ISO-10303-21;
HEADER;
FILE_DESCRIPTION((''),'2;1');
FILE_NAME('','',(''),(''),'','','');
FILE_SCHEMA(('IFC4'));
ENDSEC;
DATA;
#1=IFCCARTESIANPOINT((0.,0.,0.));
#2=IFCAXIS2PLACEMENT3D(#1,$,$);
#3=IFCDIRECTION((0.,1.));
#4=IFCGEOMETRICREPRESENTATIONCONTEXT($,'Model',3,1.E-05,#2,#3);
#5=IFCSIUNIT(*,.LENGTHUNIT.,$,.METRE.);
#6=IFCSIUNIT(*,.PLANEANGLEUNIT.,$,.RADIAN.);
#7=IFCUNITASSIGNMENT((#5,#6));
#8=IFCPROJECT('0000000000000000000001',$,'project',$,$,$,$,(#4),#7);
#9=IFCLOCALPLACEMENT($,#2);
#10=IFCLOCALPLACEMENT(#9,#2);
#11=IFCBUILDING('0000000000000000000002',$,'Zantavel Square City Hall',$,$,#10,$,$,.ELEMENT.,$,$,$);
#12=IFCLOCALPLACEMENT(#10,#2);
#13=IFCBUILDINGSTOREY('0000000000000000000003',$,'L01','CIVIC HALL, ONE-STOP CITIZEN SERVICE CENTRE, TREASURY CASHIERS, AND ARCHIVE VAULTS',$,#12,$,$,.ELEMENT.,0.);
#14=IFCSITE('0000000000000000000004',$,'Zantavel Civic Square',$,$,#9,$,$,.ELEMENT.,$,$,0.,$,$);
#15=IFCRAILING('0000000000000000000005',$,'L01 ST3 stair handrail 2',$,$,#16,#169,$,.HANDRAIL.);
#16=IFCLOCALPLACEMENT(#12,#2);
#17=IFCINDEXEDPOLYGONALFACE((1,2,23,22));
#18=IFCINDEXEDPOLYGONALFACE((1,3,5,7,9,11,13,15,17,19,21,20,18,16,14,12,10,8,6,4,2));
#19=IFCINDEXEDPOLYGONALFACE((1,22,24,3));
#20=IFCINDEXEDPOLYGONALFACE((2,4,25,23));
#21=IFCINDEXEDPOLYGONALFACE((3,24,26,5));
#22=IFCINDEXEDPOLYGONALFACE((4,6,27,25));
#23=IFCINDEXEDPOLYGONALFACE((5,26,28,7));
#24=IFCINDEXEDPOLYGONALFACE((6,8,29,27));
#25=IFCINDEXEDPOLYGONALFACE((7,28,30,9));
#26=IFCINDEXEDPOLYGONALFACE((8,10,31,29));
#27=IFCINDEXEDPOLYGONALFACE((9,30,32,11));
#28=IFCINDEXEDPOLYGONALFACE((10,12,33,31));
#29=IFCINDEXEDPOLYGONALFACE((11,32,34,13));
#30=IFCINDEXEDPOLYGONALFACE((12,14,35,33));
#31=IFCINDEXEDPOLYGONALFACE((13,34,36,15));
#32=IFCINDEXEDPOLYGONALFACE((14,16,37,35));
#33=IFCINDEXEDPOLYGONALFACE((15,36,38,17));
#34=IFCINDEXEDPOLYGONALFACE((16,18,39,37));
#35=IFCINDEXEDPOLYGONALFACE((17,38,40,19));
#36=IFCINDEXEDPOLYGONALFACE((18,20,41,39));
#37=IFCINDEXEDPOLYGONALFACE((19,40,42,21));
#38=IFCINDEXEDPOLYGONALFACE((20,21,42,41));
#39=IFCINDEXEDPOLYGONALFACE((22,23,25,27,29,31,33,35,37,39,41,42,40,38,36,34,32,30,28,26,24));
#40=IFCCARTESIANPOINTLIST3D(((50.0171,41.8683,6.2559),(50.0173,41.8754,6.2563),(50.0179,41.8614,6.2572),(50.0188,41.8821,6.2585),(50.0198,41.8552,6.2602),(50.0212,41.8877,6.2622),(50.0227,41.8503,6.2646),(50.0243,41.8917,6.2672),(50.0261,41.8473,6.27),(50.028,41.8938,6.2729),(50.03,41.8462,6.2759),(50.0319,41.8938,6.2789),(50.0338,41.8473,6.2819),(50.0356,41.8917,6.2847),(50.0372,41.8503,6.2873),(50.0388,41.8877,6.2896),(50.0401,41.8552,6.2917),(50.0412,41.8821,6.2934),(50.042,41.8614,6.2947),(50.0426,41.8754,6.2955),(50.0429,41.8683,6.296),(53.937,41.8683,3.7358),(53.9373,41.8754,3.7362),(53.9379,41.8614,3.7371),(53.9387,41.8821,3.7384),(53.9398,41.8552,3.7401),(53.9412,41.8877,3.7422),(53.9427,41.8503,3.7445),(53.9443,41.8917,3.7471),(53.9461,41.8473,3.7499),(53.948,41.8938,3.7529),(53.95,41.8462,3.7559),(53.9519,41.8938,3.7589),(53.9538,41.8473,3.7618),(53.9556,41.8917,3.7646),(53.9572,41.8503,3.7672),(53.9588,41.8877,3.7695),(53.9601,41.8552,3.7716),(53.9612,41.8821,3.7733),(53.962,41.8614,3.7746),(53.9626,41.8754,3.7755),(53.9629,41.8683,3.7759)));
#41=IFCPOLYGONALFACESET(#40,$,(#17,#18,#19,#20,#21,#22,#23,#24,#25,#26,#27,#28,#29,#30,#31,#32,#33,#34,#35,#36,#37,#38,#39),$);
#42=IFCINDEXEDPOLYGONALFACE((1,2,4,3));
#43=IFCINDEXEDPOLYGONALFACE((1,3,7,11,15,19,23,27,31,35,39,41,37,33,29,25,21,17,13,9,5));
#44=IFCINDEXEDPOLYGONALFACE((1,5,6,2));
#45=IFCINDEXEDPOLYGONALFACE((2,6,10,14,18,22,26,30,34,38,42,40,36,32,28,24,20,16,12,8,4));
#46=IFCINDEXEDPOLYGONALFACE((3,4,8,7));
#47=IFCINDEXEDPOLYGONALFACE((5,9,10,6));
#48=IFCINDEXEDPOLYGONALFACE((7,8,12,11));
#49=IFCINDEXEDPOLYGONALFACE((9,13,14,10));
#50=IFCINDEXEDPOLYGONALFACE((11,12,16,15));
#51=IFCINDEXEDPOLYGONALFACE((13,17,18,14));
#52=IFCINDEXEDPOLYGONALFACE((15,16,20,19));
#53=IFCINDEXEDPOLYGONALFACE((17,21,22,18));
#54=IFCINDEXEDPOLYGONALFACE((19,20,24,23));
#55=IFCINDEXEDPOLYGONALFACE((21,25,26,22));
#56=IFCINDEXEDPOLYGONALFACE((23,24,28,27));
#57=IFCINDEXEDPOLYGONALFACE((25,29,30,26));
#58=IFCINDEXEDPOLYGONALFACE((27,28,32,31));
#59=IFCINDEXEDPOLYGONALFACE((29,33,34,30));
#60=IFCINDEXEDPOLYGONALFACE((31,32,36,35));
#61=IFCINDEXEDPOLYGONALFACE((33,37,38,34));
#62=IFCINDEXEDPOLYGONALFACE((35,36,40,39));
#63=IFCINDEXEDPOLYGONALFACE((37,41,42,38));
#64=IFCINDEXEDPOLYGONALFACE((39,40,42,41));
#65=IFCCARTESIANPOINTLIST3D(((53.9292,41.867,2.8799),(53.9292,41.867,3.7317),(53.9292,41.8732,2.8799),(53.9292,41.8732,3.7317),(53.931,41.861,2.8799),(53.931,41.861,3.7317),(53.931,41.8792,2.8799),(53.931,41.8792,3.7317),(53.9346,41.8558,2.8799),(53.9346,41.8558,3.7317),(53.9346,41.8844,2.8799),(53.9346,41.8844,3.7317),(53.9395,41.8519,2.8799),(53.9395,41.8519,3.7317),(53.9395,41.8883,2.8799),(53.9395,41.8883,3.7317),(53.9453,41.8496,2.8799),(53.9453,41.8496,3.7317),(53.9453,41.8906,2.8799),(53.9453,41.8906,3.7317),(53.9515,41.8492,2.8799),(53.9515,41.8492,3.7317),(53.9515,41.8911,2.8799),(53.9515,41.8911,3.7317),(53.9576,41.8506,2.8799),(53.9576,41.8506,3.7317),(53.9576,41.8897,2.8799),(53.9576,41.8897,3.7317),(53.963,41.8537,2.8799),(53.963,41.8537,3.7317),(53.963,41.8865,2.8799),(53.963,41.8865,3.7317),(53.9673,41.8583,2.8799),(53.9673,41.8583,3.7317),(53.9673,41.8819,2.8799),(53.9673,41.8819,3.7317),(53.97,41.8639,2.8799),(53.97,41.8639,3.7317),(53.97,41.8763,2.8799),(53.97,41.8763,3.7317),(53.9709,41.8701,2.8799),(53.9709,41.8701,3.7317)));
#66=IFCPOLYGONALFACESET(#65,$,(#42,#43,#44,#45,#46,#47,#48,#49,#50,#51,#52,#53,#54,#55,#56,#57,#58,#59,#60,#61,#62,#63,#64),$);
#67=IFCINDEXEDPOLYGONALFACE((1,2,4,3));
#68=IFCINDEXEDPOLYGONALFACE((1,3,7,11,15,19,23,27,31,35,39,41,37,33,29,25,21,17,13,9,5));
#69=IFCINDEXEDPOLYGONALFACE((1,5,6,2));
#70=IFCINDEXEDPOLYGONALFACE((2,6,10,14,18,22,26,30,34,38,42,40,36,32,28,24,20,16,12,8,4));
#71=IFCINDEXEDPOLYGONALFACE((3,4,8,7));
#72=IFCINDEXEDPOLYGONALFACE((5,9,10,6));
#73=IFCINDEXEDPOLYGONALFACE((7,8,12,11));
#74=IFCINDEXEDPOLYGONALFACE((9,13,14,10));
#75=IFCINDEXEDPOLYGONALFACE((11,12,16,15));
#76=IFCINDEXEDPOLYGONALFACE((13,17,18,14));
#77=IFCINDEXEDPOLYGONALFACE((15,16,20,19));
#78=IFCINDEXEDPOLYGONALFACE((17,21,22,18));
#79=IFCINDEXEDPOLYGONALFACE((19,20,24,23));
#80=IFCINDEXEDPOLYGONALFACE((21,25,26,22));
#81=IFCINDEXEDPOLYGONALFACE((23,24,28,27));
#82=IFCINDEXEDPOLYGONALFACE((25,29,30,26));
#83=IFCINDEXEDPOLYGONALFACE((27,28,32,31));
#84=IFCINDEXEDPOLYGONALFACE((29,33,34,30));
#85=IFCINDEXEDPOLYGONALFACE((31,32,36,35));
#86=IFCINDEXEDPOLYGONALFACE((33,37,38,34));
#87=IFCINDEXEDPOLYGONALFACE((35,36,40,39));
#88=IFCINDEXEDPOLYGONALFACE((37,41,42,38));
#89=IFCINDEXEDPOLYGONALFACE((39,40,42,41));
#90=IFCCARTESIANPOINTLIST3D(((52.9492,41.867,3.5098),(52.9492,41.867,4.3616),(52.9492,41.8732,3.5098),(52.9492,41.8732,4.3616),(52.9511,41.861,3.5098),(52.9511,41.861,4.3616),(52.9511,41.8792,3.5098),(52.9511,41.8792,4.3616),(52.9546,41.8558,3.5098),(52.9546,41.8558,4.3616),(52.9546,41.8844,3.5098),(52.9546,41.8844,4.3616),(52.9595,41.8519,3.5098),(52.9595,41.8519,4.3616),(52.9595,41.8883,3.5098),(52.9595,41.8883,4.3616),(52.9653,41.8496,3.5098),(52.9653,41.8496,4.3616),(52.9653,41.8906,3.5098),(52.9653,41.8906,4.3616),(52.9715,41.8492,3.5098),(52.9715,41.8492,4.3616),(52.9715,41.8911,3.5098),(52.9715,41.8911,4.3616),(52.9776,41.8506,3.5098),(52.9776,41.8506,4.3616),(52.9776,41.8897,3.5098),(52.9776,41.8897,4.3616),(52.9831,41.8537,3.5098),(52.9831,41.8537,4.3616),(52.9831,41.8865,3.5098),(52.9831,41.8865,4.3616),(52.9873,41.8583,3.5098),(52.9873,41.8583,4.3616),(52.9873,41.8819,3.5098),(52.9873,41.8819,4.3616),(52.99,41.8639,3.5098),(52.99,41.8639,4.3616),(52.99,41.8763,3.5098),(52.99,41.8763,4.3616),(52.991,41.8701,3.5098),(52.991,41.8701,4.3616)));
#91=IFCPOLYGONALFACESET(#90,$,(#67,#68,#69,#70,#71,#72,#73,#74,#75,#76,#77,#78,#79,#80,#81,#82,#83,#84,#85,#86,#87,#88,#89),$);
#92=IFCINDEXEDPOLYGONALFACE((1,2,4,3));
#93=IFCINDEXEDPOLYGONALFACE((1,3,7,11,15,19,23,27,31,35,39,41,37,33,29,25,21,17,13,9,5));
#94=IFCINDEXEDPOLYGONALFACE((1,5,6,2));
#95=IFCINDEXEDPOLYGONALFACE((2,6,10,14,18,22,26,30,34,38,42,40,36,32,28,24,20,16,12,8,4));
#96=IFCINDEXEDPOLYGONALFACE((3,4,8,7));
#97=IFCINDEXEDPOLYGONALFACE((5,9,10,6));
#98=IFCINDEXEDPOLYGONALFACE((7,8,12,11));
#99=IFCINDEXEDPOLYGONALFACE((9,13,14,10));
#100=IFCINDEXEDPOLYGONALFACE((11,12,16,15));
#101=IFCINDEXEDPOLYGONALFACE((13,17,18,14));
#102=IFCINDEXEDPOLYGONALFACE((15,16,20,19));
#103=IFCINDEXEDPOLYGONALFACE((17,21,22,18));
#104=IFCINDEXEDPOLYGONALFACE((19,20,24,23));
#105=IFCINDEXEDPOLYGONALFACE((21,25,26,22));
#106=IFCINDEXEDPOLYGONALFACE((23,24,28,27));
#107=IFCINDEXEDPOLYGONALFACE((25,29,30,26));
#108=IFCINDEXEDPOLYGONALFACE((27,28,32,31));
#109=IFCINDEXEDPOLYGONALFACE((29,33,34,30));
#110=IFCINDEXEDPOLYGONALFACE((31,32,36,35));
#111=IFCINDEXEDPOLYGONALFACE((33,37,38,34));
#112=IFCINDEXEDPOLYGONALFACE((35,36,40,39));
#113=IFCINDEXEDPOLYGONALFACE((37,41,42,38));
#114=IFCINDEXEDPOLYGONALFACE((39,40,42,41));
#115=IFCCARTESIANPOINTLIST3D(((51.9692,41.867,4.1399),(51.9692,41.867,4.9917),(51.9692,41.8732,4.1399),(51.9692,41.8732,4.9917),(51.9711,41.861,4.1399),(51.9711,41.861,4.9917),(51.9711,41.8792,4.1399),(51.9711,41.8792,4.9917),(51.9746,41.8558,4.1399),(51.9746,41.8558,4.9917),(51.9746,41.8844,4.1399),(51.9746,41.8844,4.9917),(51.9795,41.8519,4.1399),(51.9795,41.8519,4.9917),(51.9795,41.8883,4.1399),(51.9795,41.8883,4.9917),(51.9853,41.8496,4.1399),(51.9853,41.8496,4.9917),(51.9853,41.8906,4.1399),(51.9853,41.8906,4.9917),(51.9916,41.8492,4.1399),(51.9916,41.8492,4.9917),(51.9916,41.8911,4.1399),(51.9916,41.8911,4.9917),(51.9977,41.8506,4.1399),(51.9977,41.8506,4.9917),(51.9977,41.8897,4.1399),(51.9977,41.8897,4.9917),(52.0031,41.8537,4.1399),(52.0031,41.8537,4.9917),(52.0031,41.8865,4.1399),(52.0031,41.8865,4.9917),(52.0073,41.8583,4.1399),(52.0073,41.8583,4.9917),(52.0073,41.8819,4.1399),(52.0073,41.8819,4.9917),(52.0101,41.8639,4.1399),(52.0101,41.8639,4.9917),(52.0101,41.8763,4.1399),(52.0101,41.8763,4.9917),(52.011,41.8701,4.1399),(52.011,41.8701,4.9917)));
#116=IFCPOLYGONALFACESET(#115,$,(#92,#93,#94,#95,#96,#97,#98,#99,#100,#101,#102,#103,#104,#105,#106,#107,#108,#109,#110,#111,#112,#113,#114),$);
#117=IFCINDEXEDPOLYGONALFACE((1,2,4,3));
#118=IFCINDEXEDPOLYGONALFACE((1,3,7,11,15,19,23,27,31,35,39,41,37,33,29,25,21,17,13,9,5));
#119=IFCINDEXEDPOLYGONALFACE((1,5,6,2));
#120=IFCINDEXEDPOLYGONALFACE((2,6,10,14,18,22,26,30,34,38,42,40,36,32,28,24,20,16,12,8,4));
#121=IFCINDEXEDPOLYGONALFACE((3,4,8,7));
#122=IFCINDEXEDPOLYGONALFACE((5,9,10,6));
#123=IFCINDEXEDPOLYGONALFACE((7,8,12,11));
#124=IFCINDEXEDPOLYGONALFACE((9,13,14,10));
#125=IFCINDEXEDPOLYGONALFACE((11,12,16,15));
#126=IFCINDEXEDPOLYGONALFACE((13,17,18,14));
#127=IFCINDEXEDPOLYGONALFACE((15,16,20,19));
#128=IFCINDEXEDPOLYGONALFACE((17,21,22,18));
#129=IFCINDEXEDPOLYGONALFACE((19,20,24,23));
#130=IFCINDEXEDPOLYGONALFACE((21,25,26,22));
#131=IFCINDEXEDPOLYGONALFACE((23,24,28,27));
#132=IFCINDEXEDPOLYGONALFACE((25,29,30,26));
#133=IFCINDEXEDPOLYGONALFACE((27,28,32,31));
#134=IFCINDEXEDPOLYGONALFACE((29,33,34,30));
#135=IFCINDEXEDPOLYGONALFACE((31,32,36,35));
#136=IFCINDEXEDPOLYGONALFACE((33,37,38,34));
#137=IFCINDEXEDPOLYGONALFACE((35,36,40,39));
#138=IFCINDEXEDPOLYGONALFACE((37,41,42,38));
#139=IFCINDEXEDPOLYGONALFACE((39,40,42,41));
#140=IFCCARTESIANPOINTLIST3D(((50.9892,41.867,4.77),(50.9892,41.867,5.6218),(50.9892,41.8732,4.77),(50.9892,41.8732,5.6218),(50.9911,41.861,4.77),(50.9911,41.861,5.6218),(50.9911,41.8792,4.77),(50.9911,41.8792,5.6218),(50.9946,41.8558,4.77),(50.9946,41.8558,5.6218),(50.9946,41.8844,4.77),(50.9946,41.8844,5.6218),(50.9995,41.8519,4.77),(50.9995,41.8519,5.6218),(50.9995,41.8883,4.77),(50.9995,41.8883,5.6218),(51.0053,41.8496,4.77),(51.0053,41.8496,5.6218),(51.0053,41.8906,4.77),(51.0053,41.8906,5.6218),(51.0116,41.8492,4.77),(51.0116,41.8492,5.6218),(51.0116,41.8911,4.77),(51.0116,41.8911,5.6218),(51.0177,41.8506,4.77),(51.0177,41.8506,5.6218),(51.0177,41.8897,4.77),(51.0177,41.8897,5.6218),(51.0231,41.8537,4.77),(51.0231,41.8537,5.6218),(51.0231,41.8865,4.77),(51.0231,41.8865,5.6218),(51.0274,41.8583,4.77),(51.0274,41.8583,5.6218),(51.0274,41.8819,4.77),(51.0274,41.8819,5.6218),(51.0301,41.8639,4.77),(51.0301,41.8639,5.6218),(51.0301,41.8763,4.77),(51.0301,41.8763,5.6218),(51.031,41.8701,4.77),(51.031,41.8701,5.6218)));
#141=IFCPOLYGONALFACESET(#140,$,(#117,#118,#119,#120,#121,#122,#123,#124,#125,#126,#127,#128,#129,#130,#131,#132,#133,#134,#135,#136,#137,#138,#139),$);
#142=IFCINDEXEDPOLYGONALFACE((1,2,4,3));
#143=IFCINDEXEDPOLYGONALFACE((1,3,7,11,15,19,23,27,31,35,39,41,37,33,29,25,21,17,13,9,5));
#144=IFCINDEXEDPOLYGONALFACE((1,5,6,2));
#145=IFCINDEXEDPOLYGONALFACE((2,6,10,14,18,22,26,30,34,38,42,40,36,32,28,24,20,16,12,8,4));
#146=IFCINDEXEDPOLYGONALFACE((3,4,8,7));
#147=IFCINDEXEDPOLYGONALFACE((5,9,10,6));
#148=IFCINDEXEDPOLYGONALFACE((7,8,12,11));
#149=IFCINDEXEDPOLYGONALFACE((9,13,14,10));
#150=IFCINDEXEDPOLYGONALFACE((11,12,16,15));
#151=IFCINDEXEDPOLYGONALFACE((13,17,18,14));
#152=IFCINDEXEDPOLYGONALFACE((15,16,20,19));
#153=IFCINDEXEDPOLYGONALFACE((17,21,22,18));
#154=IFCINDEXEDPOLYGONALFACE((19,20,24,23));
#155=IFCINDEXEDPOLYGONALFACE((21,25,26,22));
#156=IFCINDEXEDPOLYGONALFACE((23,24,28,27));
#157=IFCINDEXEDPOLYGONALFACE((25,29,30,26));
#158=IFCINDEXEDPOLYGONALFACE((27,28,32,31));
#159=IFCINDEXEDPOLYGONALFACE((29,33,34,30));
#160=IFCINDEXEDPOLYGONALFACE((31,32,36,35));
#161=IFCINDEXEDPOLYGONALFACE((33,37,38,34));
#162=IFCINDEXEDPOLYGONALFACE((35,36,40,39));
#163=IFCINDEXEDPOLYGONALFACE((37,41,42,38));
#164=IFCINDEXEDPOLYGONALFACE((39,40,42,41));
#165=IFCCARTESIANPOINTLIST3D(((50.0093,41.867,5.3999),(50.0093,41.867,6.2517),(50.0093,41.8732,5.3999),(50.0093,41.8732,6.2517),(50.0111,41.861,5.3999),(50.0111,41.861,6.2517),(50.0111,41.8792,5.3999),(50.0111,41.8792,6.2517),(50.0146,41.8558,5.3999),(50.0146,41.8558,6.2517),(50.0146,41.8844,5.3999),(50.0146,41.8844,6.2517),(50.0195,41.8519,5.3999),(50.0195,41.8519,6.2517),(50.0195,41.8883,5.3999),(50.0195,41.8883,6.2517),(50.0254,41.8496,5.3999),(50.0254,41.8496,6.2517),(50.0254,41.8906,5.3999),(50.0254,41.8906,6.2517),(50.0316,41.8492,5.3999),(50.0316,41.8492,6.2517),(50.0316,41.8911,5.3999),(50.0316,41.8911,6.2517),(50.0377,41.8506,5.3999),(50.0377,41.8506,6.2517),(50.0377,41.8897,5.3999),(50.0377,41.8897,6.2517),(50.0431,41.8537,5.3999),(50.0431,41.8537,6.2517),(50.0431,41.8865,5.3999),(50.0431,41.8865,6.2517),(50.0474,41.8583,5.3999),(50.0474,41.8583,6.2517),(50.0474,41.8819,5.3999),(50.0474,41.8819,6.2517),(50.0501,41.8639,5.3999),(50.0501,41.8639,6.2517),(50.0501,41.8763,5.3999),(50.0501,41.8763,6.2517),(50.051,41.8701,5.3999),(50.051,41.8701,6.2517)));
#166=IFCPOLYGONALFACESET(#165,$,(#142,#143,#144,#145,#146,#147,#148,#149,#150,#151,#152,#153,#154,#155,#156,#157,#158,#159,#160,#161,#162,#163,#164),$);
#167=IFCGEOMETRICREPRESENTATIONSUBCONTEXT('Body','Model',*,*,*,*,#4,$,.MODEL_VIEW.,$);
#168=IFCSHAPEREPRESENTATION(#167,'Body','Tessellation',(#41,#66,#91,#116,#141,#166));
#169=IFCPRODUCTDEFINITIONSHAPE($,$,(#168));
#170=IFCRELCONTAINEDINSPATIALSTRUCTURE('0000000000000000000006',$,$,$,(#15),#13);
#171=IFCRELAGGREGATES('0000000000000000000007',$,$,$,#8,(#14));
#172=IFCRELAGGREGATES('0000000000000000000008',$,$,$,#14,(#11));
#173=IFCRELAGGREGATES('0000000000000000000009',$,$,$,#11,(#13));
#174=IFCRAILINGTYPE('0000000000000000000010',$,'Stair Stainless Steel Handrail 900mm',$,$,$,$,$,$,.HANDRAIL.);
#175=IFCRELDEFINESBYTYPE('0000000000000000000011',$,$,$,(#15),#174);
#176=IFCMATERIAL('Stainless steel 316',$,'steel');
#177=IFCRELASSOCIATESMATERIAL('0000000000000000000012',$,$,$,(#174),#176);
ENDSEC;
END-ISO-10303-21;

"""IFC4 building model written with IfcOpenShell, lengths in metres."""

from ifc_helpers import new_model, si_unit, direction, frame, origin, origin_2d, place, context, subcontext, project, spatial, circle, extrude, material, type_object, element, save


model = new_model("IFC4")

# Units and contexts
model_context = context("Model", 3, precision=1e-05, world=origin(), true_north=direction((0.0, 1.0)))
body_context = subcontext(model_context, "Body", "Model", "MODEL_VIEW")
ifc_project = project(units=[si_unit("LENGTHUNIT", "METRE"), si_unit("PLANEANGLEUNIT", "RADIAN")], contexts=[model_context])

# Site, building, storey
site_placement = place(None, origin())
site = spatial("IfcSite", under=ifc_project, at=site_placement, Name="Zantavel Civic Square", CompositionType="ELEMENT", RefElevation=0.0)
building_placement = place(site_placement, origin())
building = spatial("IfcBuilding", under=site, at=building_placement, Name="Zantavel Square City Hall", CompositionType="ELEMENT")
storey_placement = place(building_placement, origin())
storey = spatial("IfcBuildingStorey", under=building, at=storey_placement, Name="L01", Description="CIVIC HALL, ONE-STOP CITIZEN SERVICE CENTRE, TREASURY CASHIERS, AND ARCHIVE VAULTS", CompositionType="ELEMENT", Elevation=0.0)

# Railing
ifc_material_1 = material(Name="Stainless steel 316", Category="steel")
railing_type_1 = type_object("IfcRailingType", Name="Stair Stainless Steel Handrail 900mm", PredefinedType="HANDRAIL", material=ifc_material_1)
railing_1_placement = place(storey_placement, frame((53.95, 41.8701, 2.8799)))
element("IfcRailing", 1, at=railing_1_placement, inside=storey, type_object=railing_type_1, Name="L01 ST3 stair handrail 2", PredefinedType="HANDRAIL", context=body_context, shape_type="SweptSolid", body=[
    extrude(circle(Radius=0.0239, at=origin_2d()), frame((0.0, 0.0, 0.876), z_axis=(-0.841172, 0.0, 0.540768), x_axis=(0.0, -1.0, 0.0)), (0.0, 0.0, 1.0), 4.6602),
    extrude(circle(Radius=0.021, at=origin_2d()), origin(), (0.0, 0.0, 1.0), 0.8518),
    extrude(circle(Radius=0.021, at=origin_2d()), frame((-0.98, 0.0, 0.6299)), (0.0, 0.0, 1.0), 0.8518),
    extrude(circle(Radius=0.021, at=origin_2d()), frame((-1.96, 0.0, 1.26)), (0.0, 0.0, 1.0), 0.8518),
    extrude(circle(Radius=0.021, at=origin_2d()), frame((-2.9399, 0.0, 1.8901)), (0.0, 0.0, 1.0), 0.8518),
    extrude(circle(Radius=0.021, at=origin_2d()), frame((-3.9199, 0.0, 2.52)), (0.0, 0.0, 1.0), 0.8518),
])

save(model, "model.ifc")
